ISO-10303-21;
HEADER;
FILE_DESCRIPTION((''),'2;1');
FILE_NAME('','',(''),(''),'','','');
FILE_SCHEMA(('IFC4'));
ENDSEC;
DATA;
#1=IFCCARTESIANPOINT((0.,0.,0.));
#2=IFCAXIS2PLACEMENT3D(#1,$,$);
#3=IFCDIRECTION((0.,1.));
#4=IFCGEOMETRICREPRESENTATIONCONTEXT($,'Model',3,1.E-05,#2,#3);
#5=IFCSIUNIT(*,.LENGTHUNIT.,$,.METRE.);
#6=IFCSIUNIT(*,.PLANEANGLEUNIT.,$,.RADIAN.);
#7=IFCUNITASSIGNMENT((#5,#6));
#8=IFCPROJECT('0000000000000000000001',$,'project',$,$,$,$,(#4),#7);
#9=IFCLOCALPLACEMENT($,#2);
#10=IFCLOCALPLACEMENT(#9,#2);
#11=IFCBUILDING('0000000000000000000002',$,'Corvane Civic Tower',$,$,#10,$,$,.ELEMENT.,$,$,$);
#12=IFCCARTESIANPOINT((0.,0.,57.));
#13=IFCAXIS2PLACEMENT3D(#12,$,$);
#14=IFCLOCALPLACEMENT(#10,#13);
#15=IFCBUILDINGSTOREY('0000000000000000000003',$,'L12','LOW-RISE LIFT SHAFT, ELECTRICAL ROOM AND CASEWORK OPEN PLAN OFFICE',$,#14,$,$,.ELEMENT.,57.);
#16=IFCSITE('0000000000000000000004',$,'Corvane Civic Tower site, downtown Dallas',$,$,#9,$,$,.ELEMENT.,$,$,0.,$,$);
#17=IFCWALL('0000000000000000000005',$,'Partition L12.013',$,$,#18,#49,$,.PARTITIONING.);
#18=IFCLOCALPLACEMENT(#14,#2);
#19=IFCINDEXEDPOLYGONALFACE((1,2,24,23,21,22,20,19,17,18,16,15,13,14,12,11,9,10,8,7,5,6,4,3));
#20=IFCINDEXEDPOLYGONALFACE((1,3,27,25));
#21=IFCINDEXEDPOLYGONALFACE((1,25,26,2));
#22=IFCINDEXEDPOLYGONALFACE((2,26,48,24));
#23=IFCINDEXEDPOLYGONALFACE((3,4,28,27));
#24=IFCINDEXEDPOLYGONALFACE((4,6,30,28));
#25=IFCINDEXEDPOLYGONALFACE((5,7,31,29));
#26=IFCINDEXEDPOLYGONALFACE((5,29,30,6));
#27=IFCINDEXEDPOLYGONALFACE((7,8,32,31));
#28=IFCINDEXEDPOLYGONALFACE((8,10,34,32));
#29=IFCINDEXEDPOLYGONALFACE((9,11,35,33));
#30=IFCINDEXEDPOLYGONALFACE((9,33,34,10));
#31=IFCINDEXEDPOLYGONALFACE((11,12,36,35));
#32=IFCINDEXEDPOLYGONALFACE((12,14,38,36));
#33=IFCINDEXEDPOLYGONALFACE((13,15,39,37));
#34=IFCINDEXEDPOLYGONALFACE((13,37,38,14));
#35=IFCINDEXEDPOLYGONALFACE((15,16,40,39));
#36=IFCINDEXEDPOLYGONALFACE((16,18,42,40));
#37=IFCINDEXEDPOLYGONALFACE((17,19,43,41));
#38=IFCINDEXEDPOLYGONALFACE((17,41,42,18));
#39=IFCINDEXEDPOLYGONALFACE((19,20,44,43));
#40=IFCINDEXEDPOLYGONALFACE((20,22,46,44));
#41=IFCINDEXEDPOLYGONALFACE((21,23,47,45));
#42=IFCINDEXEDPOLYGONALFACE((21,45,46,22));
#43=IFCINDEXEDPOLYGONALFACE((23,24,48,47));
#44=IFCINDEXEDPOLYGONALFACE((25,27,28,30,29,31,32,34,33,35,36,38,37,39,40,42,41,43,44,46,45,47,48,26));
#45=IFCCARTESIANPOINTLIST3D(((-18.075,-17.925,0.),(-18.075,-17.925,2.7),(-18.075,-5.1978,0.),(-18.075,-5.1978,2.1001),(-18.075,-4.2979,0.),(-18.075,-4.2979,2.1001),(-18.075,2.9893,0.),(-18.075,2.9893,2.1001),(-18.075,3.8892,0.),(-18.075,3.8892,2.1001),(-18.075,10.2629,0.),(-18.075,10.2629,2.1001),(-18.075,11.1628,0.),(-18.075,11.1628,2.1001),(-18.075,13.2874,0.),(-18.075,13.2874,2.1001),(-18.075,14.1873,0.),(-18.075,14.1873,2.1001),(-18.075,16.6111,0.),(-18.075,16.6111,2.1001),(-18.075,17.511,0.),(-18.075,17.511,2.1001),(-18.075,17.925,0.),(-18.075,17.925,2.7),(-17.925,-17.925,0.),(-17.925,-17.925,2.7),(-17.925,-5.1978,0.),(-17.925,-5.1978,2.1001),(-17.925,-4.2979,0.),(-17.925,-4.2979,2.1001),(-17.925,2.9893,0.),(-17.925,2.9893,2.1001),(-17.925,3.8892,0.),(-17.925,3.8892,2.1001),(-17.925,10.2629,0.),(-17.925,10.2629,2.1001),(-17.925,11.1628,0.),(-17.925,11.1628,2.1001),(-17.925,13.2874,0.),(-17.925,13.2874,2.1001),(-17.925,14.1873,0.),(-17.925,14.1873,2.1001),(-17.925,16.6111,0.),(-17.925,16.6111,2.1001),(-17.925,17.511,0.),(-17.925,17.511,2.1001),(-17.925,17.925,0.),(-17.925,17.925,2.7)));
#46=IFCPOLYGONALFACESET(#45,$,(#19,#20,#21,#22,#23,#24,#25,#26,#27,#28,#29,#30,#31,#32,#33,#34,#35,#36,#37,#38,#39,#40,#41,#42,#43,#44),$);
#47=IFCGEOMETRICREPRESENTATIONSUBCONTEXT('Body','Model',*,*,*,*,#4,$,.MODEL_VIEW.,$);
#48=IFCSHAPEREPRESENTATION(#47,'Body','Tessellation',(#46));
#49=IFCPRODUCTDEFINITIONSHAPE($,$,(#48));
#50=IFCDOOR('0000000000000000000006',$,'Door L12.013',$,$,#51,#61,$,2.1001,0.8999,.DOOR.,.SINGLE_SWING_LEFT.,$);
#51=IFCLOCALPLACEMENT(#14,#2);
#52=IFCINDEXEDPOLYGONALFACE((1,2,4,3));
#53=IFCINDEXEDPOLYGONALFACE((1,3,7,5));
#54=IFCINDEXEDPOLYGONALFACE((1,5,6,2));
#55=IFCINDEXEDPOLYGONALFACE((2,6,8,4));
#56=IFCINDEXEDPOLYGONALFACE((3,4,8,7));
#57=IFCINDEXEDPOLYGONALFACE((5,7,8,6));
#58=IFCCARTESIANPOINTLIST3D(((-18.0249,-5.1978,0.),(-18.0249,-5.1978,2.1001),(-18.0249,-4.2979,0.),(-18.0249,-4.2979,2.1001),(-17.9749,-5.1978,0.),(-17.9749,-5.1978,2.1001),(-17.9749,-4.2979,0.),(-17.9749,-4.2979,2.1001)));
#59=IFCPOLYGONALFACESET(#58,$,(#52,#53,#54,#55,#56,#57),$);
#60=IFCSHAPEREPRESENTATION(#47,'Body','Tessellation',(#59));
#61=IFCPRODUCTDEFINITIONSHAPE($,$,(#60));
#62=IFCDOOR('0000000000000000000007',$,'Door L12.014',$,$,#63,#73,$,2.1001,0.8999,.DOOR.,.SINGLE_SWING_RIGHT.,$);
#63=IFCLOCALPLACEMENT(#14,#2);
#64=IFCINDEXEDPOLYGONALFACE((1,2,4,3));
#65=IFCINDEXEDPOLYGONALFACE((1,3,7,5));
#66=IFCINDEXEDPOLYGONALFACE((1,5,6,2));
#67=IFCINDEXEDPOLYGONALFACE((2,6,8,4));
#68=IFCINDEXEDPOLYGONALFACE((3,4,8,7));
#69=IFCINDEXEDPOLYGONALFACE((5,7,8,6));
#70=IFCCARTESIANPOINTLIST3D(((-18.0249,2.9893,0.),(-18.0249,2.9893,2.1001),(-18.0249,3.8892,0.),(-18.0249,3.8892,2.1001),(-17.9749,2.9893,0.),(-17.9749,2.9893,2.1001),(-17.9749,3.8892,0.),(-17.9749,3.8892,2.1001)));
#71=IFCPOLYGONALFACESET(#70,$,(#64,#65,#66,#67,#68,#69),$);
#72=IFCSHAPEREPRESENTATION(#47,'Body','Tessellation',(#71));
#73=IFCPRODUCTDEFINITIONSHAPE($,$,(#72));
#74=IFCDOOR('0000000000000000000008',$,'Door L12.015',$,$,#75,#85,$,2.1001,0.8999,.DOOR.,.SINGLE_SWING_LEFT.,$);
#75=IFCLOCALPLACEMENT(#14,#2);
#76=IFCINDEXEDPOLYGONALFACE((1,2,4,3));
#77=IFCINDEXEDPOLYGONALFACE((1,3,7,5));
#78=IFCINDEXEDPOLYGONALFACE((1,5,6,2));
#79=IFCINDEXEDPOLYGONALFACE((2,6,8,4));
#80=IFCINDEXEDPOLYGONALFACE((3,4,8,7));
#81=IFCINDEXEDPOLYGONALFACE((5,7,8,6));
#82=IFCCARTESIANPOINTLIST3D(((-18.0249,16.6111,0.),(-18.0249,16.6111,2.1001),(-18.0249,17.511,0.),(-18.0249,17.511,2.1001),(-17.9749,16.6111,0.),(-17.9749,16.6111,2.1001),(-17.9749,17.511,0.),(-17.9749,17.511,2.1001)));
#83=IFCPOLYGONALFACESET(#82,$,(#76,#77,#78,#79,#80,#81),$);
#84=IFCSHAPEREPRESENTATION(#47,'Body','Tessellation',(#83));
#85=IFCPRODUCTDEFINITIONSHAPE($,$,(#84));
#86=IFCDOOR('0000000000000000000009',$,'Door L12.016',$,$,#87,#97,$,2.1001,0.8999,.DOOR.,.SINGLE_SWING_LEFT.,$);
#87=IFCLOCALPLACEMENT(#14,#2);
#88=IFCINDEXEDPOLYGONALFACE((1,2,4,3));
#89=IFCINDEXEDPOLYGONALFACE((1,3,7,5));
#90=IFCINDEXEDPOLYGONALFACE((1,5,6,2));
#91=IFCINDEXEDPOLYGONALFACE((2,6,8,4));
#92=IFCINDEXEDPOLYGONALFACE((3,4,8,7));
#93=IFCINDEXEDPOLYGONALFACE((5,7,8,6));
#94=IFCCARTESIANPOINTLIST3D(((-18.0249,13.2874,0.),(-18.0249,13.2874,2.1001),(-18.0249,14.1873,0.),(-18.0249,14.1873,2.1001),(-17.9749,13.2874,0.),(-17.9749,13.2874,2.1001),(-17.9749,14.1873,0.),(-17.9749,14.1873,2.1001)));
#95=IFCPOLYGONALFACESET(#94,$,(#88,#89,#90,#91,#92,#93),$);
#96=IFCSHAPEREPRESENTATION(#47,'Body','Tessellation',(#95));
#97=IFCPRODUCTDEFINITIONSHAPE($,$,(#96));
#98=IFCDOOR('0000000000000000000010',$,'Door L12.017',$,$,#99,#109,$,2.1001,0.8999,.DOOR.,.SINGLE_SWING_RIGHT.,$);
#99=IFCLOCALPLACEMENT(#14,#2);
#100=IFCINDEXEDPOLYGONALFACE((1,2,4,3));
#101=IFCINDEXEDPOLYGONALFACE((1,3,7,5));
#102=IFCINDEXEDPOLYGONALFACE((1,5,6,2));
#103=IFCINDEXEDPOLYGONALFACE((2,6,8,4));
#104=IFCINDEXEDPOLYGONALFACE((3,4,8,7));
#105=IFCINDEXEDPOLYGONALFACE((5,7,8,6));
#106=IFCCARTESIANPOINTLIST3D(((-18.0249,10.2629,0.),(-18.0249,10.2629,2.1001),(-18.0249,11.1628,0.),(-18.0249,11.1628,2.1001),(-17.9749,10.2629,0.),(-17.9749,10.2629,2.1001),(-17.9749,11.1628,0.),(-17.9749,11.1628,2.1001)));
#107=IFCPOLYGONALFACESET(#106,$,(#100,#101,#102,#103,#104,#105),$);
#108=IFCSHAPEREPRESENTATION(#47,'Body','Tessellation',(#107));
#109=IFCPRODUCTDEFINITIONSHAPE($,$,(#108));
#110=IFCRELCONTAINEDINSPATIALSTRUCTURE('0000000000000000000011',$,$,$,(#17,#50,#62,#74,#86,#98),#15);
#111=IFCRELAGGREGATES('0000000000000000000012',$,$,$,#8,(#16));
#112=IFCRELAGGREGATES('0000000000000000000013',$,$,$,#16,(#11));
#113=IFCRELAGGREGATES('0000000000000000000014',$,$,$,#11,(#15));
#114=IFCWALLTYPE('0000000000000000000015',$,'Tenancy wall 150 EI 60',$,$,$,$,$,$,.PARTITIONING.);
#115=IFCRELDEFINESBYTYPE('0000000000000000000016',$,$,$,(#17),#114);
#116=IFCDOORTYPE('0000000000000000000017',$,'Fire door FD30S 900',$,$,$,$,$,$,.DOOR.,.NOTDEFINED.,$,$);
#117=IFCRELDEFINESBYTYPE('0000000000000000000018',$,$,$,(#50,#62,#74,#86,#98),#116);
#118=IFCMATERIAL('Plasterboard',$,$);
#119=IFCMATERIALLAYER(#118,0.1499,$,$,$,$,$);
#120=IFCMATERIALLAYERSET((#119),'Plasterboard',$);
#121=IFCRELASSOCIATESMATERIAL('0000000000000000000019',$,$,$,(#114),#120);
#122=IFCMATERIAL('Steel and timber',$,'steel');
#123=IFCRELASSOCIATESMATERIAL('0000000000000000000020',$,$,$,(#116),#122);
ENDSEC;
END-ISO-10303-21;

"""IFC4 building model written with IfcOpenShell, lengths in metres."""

from ifc_helpers import new_model, si_unit, direction, frame, frame_2d, origin, place, context, subcontext, project, spatial, rectangle, extrude, material, layer, layer_set, type_object, element, fill, save


model = new_model("IFC4")

# Units and contexts
model_context = context("Model", 3, precision=1e-05, world=origin(), true_north=direction((0.0, 1.0)))
body_context = subcontext(model_context, "Body", "Model", "MODEL_VIEW")
ifc_project = project(units=[si_unit("LENGTHUNIT", "METRE"), si_unit("PLANEANGLEUNIT", "RADIAN")], contexts=[model_context])

# Site, building, storey
site_placement = place(None, origin())
site = spatial("IfcSite", under=ifc_project, at=site_placement, Name="Corvane Civic Tower site, downtown Dallas", CompositionType="ELEMENT", RefElevation=0.0)
building_placement = place(site_placement, origin())
building = spatial("IfcBuilding", under=site, at=building_placement, Name="Corvane Civic Tower", CompositionType="ELEMENT")
storey_placement = place(building_placement, frame((0.0, 0.0, 57.0)))
storey = spatial("IfcBuildingStorey", under=building, at=storey_placement, Name="L12", Description="LOW-RISE LIFT SHAFT, ELECTRICAL ROOM AND CASEWORK OPEN PLAN OFFICE", CompositionType="ELEMENT", Elevation=57.0)

# Wall, openings, doors
ifc_material_1 = material(Name="Plasterboard")
ifc_layer_1 = layer(ifc_material_1, 0.1499)
ifc_layer_set_1 = layer_set([ifc_layer_1], Name="Plasterboard")
wall_type_1 = type_object("IfcWallType", Name="Tenancy wall 150 EI 60", PredefinedType="PARTITIONING", material=ifc_layer_set_1)
ifc_material_2 = material(Name="Steel and timber", Category="steel")
door_type_1 = type_object("IfcDoorType", Name="Fire door FD30S 900", OperationType="NOTDEFINED", PredefinedType="DOOR", material=ifc_material_2)
wall_1_placement = place(storey_placement, frame((-18.0, -17.925, 0.0), z_axis=(0.0, 0.0, 1.0), x_axis=(0.0, 1.0, 0.0)))
wall_1 = element("IfcWall", 1, at=wall_1_placement, inside=storey, type_object=wall_type_1, Name="Partition L12.013", PredefinedType="PARTITIONING", context=body_context, shape_type="SweptSolid", body=[
    extrude(rectangle(XDim=35.8501, YDim=0.1499, at=frame_2d((17.925, 0.0))), origin(), (0.0, 0.0, 1.0), 2.7),
])
opening_1_placement = place(wall_1_placement, frame((12.7273, 0.0, 0.0)))
opening_1 = element("IfcOpeningElement", 2, at=opening_1_placement, cuts=wall_1, PredefinedType="OPENING", context=body_context, shape_type="SweptSolid", body=[
    extrude(rectangle(XDim=0.8999, YDim=2.1001, at=frame_2d((0.45, 1.05))), frame((0.0, 0.085, 0.0), z_axis=(0.0, -1.0, 0.0), x_axis=(1.0, 0.0, 0.0)), (0.0, 0.0, 1.0), 0.1699),
])
opening_2_placement = place(wall_1_placement, frame((20.9143, 0.0, 0.0)))
opening_2 = element("IfcOpeningElement", 3, at=opening_2_placement, cuts=wall_1, PredefinedType="OPENING", context=body_context, shape_type="SweptSolid", body=[
    extrude(rectangle(XDim=0.8999, YDim=2.1001, at=frame_2d((0.45, 1.05))), frame((0.0, 0.085, 0.0), z_axis=(0.0, -1.0, 0.0), x_axis=(1.0, 0.0, 0.0)), (0.0, 0.0, 1.0), 0.1699),
])
opening_3_placement = place(wall_1_placement, frame((34.5361, 0.0, 0.0)))
opening_3 = element("IfcOpeningElement", 4, at=opening_3_placement, cuts=wall_1, PredefinedType="OPENING", context=body_context, shape_type="SweptSolid", body=[
    extrude(rectangle(XDim=0.8999, YDim=2.1001, at=frame_2d((0.45, 1.05))), frame((0.0, 0.085, 0.0), z_axis=(0.0, -1.0, 0.0), x_axis=(1.0, 0.0, 0.0)), (0.0, 0.0, 1.0), 0.1699),
])
opening_4_placement = place(wall_1_placement, frame((31.2124, 0.0, 0.0)))
opening_4 = element("IfcOpeningElement", 5, at=opening_4_placement, cuts=wall_1, PredefinedType="OPENING", context=body_context, shape_type="SweptSolid", body=[
    extrude(rectangle(XDim=0.8999, YDim=2.1001, at=frame_2d((0.45, 1.05))), frame((0.0, 0.085, 0.0), z_axis=(0.0, -1.0, 0.0), x_axis=(1.0, 0.0, 0.0)), (0.0, 0.0, 1.0), 0.1699),
])
opening_5_placement = place(wall_1_placement, frame((28.188, 0.0, 0.0)))
opening_5 = element("IfcOpeningElement", 6, at=opening_5_placement, cuts=wall_1, PredefinedType="OPENING", context=body_context, shape_type="SweptSolid", body=[
    extrude(rectangle(XDim=0.8999, YDim=2.1001, at=frame_2d((0.45, 1.05))), frame((0.0, 0.085, 0.0), z_axis=(0.0, -1.0, 0.0), x_axis=(1.0, 0.0, 0.0)), (0.0, 0.0, 1.0), 0.1699),
])
door_1_placement = place(opening_1_placement, origin())
door_1 = element("IfcDoor", 7, at=door_1_placement, inside=storey, type_object=door_type_1, Name="Door L12.013", OperationType="SINGLE_SWING_LEFT", OverallHeight=2.1001, OverallWidth=0.8999, PredefinedType="DOOR", context=body_context, shape_type="SweptSolid", body=[
    extrude(rectangle(XDim=0.8999, YDim=2.1001, at=frame_2d((0.45, 1.05))), frame((0.0, 0.0249, 0.0), z_axis=(0.0, -1.0, 0.0), x_axis=(1.0, 0.0, 0.0)), (0.0, 0.0, 1.0), 0.05),
])
fill(opening_1, door_1)
door_2_placement = place(opening_2_placement, origin())
door_2 = element("IfcDoor", 8, at=door_2_placement, inside=storey, type_object=door_type_1, Name="Door L12.014", OperationType="SINGLE_SWING_RIGHT", OverallHeight=2.1001, OverallWidth=0.8999, PredefinedType="DOOR", context=body_context, shape_type="SweptSolid", body=[
    extrude(rectangle(XDim=0.8999, YDim=2.1001, at=frame_2d((0.45, 1.05))), frame((0.0, 0.0249, 0.0), z_axis=(0.0, -1.0, 0.0), x_axis=(1.0, 0.0, 0.0)), (0.0, 0.0, 1.0), 0.05),
])
fill(opening_2, door_2)
door_3_placement = place(opening_3_placement, origin())
door_3 = element("IfcDoor", 9, at=door_3_placement, inside=storey, type_object=door_type_1, Name="Door L12.015", OperationType="SINGLE_SWING_LEFT", OverallHeight=2.1001, OverallWidth=0.8999, PredefinedType="DOOR", context=body_context, shape_type="SweptSolid", body=[
    extrude(rectangle(XDim=0.8999, YDim=2.1001, at=frame_2d((0.45, 1.05))), frame((0.0, 0.0249, 0.0), z_axis=(0.0, -1.0, 0.0), x_axis=(1.0, 0.0, 0.0)), (0.0, 0.0, 1.0), 0.05),
])
fill(opening_3, door_3)
door_4_placement = place(opening_4_placement, origin())
door_4 = element("IfcDoor", 10, at=door_4_placement, inside=storey, type_object=door_type_1, Name="Door L12.016", OperationType="SINGLE_SWING_LEFT", OverallHeight=2.1001, OverallWidth=0.8999, PredefinedType="DOOR", context=body_context, shape_type="SweptSolid", body=[
    extrude(rectangle(XDim=0.8999, YDim=2.1001, at=frame_2d((0.45, 1.05))), frame((0.0, 0.0249, 0.0), z_axis=(0.0, -1.0, 0.0), x_axis=(1.0, 0.0, 0.0)), (0.0, 0.0, 1.0), 0.05),
])
fill(opening_4, door_4)
door_5_placement = place(opening_5_placement, origin())
door_5 = element("IfcDoor", 11, at=door_5_placement, inside=storey, type_object=door_type_1, Name="Door L12.017", OperationType="SINGLE_SWING_RIGHT", OverallHeight=2.1001, OverallWidth=0.8999, PredefinedType="DOOR", context=body_context, shape_type="SweptSolid", body=[
    extrude(rectangle(XDim=0.8999, YDim=2.1001, at=frame_2d((0.45, 1.05))), frame((0.0, 0.0249, 0.0), z_axis=(0.0, -1.0, 0.0), x_axis=(1.0, 0.0, 0.0)), (0.0, 0.0, 1.0), 0.05),
])
fill(opening_5, door_5)

save(model, "model.ifc")
